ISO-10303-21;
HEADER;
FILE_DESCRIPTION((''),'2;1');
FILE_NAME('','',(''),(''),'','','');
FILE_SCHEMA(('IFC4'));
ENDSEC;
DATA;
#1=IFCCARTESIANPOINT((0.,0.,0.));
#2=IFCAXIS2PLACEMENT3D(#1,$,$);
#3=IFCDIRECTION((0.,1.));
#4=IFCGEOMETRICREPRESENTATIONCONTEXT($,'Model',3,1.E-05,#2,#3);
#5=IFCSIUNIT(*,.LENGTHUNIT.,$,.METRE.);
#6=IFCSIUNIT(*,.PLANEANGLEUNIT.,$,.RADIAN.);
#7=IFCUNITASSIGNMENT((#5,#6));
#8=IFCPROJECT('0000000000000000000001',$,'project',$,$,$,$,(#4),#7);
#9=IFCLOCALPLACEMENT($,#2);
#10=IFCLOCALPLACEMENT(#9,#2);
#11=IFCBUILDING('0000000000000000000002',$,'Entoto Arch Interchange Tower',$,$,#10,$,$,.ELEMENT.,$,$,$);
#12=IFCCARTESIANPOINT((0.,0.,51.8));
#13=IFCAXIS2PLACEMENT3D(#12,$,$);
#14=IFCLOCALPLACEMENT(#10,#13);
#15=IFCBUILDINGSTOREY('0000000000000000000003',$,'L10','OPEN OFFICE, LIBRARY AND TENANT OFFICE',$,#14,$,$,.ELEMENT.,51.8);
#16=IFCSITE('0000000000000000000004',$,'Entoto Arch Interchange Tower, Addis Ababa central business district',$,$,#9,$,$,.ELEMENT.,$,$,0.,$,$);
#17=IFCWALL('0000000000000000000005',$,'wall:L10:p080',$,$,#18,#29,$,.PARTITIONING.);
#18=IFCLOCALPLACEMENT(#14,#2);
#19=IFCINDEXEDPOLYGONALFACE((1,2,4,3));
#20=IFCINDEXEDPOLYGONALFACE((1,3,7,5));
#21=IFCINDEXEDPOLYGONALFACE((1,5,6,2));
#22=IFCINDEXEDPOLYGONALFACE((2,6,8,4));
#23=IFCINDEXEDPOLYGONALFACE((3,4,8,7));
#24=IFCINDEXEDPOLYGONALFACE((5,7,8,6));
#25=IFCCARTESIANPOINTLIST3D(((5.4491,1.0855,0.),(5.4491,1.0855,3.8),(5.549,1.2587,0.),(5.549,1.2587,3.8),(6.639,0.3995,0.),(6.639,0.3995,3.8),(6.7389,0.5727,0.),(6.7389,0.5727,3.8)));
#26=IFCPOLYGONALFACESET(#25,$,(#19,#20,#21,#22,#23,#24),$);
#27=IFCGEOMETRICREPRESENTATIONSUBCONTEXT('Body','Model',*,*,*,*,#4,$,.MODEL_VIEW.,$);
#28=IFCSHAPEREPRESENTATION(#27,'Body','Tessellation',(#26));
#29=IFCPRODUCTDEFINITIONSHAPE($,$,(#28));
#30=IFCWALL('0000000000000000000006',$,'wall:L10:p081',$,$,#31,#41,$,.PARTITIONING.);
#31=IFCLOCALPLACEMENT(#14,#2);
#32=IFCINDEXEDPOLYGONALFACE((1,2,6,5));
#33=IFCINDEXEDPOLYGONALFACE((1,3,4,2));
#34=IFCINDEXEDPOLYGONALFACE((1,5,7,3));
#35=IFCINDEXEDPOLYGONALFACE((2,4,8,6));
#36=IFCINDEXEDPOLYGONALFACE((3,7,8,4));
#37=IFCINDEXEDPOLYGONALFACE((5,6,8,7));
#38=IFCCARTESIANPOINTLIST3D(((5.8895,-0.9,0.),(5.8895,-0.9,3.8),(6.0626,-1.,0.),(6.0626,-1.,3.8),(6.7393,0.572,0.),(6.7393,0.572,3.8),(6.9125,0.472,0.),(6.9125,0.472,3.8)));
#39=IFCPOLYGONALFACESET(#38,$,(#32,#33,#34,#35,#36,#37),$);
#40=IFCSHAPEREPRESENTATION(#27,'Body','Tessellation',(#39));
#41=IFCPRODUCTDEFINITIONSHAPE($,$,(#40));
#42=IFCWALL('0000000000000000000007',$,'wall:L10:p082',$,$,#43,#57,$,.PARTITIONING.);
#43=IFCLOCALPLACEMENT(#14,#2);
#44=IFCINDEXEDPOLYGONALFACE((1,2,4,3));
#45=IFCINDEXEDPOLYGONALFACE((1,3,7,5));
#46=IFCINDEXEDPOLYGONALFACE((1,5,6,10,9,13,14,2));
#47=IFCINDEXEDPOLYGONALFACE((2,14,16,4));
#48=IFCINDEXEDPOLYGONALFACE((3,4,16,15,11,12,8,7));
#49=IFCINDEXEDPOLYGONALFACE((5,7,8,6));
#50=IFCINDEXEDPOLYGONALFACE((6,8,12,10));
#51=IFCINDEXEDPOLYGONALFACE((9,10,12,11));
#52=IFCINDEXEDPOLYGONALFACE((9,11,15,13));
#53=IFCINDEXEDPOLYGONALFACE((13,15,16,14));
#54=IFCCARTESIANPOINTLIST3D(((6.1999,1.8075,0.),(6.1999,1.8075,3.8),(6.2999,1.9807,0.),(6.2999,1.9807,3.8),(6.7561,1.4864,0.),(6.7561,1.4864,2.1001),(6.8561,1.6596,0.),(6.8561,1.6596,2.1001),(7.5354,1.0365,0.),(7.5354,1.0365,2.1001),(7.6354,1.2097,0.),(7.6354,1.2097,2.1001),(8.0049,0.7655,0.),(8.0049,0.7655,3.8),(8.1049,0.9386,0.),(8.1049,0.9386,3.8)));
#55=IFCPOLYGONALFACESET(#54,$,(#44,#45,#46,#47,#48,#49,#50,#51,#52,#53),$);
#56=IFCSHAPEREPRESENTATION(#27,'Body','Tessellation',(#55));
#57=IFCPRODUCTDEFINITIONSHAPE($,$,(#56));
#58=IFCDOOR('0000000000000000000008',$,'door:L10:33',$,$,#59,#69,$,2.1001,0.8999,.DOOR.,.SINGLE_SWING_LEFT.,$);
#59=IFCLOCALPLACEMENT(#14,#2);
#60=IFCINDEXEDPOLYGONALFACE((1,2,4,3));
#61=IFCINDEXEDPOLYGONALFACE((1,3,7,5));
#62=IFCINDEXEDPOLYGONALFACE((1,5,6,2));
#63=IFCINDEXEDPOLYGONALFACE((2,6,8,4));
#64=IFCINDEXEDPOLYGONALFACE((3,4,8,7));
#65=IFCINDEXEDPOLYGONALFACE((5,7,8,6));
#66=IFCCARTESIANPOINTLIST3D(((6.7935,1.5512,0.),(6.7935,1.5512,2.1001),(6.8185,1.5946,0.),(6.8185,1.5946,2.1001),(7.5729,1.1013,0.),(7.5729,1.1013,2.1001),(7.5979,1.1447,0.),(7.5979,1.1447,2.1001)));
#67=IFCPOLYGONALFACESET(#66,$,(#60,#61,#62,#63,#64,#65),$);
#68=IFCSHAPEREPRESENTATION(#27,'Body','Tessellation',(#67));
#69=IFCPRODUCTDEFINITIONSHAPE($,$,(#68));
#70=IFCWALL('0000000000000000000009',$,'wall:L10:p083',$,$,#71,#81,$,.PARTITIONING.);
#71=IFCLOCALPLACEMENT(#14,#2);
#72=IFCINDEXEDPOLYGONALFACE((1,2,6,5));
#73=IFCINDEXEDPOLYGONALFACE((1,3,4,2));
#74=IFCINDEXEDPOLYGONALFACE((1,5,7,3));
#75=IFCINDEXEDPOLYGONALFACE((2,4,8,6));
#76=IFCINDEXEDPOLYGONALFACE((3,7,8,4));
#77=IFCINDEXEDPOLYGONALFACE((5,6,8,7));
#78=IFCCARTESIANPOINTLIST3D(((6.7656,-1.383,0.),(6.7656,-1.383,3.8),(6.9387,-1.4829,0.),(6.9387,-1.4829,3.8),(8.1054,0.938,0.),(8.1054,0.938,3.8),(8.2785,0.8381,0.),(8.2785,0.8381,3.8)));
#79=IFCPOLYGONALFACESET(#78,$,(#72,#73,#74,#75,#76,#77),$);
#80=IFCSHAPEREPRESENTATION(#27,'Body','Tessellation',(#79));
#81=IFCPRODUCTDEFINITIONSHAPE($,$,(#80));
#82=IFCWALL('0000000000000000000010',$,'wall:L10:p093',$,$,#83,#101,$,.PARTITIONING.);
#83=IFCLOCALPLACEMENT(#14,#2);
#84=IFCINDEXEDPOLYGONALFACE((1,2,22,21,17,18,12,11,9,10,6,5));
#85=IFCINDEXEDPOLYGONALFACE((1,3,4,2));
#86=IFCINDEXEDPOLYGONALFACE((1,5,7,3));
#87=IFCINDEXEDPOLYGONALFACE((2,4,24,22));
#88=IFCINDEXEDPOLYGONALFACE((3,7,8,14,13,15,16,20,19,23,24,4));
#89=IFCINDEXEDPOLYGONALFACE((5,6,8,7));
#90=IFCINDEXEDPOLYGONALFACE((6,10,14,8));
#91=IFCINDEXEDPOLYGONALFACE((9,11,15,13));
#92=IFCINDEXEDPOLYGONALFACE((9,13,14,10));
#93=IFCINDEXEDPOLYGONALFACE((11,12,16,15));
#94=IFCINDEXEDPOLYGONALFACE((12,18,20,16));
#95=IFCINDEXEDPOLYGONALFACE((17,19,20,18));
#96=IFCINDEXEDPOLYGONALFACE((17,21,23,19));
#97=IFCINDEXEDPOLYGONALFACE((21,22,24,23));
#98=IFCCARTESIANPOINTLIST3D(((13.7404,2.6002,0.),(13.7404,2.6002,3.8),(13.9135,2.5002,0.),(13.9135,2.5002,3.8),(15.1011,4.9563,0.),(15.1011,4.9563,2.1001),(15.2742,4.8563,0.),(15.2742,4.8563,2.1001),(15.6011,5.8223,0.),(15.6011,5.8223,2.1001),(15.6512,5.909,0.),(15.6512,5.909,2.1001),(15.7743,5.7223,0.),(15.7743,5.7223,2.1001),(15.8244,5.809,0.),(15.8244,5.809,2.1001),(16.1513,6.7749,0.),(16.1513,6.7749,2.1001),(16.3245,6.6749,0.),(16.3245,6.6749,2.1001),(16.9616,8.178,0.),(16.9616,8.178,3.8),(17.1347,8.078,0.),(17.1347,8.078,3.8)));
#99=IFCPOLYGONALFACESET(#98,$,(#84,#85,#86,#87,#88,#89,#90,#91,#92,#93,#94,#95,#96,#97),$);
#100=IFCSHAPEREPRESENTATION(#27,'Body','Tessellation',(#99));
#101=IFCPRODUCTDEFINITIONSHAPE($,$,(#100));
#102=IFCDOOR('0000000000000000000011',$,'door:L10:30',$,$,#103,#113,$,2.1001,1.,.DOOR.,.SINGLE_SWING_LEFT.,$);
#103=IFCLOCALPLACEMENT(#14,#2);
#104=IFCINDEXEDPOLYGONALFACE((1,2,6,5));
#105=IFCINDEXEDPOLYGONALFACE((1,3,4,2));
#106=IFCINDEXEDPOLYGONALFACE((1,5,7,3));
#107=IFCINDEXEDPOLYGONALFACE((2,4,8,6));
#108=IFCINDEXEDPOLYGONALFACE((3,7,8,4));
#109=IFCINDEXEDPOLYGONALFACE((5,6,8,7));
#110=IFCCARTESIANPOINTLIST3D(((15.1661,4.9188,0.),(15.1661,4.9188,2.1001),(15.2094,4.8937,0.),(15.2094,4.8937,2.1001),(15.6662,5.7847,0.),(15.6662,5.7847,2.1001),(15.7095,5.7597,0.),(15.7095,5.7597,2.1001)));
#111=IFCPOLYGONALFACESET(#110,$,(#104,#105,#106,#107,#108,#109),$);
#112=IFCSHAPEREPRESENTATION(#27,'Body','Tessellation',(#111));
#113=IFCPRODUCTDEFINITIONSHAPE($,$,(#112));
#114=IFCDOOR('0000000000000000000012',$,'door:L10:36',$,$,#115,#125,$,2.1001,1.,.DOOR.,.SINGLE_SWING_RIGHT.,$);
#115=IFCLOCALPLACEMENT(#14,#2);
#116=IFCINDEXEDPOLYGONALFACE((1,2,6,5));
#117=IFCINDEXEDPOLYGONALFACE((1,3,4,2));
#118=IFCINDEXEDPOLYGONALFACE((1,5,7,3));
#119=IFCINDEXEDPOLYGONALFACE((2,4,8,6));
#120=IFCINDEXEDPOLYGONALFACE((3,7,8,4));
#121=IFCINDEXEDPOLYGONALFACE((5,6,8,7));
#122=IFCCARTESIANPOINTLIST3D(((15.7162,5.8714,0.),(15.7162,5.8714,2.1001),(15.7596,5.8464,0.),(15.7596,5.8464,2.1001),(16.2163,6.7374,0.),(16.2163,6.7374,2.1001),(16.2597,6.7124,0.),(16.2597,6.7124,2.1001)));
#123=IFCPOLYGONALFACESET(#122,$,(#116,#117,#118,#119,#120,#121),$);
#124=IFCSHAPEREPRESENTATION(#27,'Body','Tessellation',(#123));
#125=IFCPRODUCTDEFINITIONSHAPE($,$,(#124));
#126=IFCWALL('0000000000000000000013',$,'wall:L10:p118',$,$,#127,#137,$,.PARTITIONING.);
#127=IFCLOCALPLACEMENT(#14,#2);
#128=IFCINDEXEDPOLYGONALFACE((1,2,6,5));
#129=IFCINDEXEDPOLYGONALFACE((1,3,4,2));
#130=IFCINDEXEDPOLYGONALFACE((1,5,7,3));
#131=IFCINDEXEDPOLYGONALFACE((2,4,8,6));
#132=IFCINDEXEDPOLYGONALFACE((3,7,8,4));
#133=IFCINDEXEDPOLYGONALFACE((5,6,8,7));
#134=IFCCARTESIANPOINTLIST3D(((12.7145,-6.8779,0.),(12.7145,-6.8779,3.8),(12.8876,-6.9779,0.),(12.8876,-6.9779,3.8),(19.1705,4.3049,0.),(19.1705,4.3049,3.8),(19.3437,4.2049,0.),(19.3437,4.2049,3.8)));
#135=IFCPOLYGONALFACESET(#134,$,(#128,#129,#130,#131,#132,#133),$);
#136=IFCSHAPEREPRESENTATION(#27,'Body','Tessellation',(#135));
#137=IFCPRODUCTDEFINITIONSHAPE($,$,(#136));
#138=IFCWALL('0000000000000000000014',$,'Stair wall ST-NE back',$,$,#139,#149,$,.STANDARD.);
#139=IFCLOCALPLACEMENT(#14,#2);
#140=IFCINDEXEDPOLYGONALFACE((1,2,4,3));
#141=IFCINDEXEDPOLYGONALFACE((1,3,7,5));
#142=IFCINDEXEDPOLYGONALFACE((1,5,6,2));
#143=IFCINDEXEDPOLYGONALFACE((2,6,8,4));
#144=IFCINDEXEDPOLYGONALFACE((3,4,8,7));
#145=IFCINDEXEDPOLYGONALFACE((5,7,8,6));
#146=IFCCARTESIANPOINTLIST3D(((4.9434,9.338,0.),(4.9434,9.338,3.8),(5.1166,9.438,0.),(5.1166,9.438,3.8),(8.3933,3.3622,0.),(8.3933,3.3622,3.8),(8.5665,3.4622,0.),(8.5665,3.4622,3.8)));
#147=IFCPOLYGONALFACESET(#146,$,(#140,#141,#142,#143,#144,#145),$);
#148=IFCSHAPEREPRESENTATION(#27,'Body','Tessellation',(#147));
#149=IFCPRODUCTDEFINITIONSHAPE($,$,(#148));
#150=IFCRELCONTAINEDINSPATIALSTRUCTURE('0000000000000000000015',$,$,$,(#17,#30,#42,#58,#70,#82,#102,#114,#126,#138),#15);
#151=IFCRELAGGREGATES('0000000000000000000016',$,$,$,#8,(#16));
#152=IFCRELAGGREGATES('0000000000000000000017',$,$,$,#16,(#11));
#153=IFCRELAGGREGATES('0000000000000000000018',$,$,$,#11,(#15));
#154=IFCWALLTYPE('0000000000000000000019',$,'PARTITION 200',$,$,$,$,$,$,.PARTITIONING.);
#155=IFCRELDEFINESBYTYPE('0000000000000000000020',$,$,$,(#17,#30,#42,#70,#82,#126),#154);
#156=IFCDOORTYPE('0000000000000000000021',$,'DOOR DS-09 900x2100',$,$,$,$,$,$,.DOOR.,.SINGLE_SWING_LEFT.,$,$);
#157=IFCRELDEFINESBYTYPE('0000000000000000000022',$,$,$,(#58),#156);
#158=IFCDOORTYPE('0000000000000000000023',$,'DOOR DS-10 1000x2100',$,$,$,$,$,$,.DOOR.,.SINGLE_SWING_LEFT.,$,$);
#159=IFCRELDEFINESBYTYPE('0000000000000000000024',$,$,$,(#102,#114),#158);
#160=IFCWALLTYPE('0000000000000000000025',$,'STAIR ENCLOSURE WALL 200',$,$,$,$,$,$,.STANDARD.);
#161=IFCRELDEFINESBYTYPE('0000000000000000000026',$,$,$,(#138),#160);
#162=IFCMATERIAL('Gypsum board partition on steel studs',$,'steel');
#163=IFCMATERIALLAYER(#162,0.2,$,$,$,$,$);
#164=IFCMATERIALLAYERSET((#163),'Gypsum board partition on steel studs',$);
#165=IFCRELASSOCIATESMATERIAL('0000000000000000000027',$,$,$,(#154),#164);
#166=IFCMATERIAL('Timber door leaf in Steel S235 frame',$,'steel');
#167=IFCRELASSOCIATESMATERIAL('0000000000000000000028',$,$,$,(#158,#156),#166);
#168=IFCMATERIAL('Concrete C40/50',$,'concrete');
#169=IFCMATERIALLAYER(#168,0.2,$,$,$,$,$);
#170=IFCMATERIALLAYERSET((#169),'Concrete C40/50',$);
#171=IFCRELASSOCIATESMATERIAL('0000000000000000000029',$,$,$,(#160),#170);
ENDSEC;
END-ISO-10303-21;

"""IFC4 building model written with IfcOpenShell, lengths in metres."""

from ifc_helpers import new_model, si_unit, direction, frame, frame_2d, origin, place, context, subcontext, project, spatial, rectangle, extrude, material, layer, layer_set, type_object, element, fill, save


model = new_model("IFC4")

# Units and contexts
model_context = context("Model", 3, precision=1e-05, world=origin(), true_north=direction((0.0, 1.0)))
body_context = subcontext(model_context, "Body", "Model", "MODEL_VIEW")
ifc_project = project(units=[si_unit("LENGTHUNIT", "METRE"), si_unit("PLANEANGLEUNIT", "RADIAN")], contexts=[model_context])

# Site, building, storey
site_placement = place(None, origin())
site = spatial("IfcSite", under=ifc_project, at=site_placement, Name="Entoto Arch Interchange Tower, Addis Ababa central business district", CompositionType="ELEMENT", RefElevation=0.0)
building_placement = place(site_placement, origin())
building = spatial("IfcBuilding", under=site, at=building_placement, Name="Entoto Arch Interchange Tower", CompositionType="ELEMENT")
storey_placement = place(building_placement, frame((0.0, 0.0, 51.8)))
storey = spatial("IfcBuildingStorey", under=building, at=storey_placement, Name="L10", Description="OPEN OFFICE, LIBRARY AND TENANT OFFICE", CompositionType="ELEMENT", Elevation=51.8)

# Shared definitions
ifc_material_1 = material(Name="Concrete C40/50", Category="concrete")
ifc_material_2 = material(Name="Gypsum board partition on steel studs", Category="steel")
ifc_layer_1 = layer(ifc_material_2, 0.2)
ifc_layer_set_1 = layer_set([ifc_layer_1], Name="Gypsum board partition on steel studs")
wall_type_1 = type_object("IfcWallType", Name="PARTITION 200", PredefinedType="PARTITIONING", material=ifc_layer_set_1)

# Shared definitions
ifc_material_3 = material(Name="Timber door leaf in Steel S235 frame", Category="steel")
door_type_1 = type_object("IfcDoorType", Name="DOOR DS-10 1000x2100", OperationType="SINGLE_SWING_LEFT", PredefinedType="DOOR", material=ifc_material_3)

# Walls
wall_1_placement = place(storey_placement, frame((5.499, 1.1721, 0.0), z_axis=(0.0, 0.0, 1.0), x_axis=(0.866334, -0.499466, 0.0)))
element("IfcWall", 1, at=wall_1_placement, inside=storey, type_object=wall_type_1, Name="wall:L10:p080", PredefinedType="PARTITIONING", context=body_context, shape_type="SweptSolid", body=[
    extrude(rectangle(XDim=1.3735, YDim=0.2, at=frame_2d((0.6868, 0.0))), origin(), (0.0, 0.0, 1.0), 3.8),
])
wall_2_placement = place(storey_placement, frame((6.8259, 0.522, 0.0), z_axis=(0.0, 0.0, 1.0), x_axis=(-0.500017, -0.866016, 0.0)))
element("IfcWall", 2, at=wall_2_placement, inside=storey, type_object=wall_type_1, Name="wall:L10:p081", PredefinedType="PARTITIONING", context=body_context, shape_type="SweptSolid", body=[
    extrude(rectangle(XDim=1.6997, YDim=0.2, at=frame_2d((0.8499, 0.0))), origin(), (0.0, 0.0, 1.0), 3.8),
])

# Wall, opening, door
wall_3_placement = place(storey_placement, frame((6.25, 1.894, 0.0), z_axis=(0.0, 0.0, 1.0), x_axis=(0.866043, -0.499969, 0.0)))
wall_3 = element("IfcWall", 3, at=wall_3_placement, inside=storey, type_object=wall_type_1, Name="wall:L10:p082", PredefinedType="PARTITIONING", context=body_context, shape_type="SweptSolid", body=[
    extrude(rectangle(XDim=2.0842, YDim=0.2, at=frame_2d((1.042, 0.0))), origin(), (0.0, 0.0, 1.0), 3.8),
])
opening_1_placement = place(wall_3_placement, frame((0.6421, 0.0, 0.0)))
opening_1 = element("IfcOpeningElement", 4, at=opening_1_placement, cuts=wall_3, PredefinedType="OPENING", context=body_context, shape_type="SweptSolid", body=[
    extrude(rectangle(XDim=0.8999, YDim=2.1001, at=frame_2d((0.45, 1.05))), frame((0.0, 0.1099, 0.0), z_axis=(0.0, -1.0, 0.0), x_axis=(1.0, 0.0, 0.0)), (0.0, 0.0, 1.0), 0.22),
])
door_type_2 = type_object("IfcDoorType", Name="DOOR DS-09 900x2100", OperationType="SINGLE_SWING_LEFT", PredefinedType="DOOR", material=ifc_material_3)
door_1_placement = place(opening_1_placement, origin())
door_1 = element("IfcDoor", 5, at=door_1_placement, inside=storey, type_object=door_type_2, Name="door:L10:33", OperationType="SINGLE_SWING_LEFT", OverallHeight=2.1001, OverallWidth=0.8999, PredefinedType="DOOR", context=body_context, shape_type="SweptSolid", body=[
    extrude(rectangle(XDim=0.8999, YDim=2.1001, at=frame_2d((0.45, 1.05))), frame((0.0, 0.0249, 0.0), z_axis=(0.0, -1.0, 0.0), x_axis=(1.0, 0.0, 0.0)), (0.0, 0.0, 1.0), 0.05),
])
fill(opening_1, door_1)

# Wall
wall_4_placement = place(storey_placement, frame((8.1919, 0.8879, 0.0), z_axis=(0.0, 0.0, 1.0), x_axis=(-0.499941, -0.86606, 0.0)))
element("IfcWall", 6, at=wall_4_placement, inside=storey, type_object=wall_type_1, Name="wall:L10:p083", PredefinedType="PARTITIONING", context=body_context, shape_type="SweptSolid", body=[
    extrude(rectangle(XDim=2.6799, YDim=0.2, at=frame_2d((1.3398, 0.0))), origin(), (0.0, 0.0, 1.0), 3.8),
])

# Wall, openings, doors
wall_5_placement = place(storey_placement, frame((13.8269, 2.55, 0.0), z_axis=(0.0, 0.0, 1.0), x_axis=(0.500093, 0.865972, 0.0)))
wall_5 = element("IfcWall", 7, at=wall_5_placement, inside=storey, type_object=wall_type_1, Name="wall:L10:p093", PredefinedType="PARTITIONING", context=body_context, shape_type="SweptSolid", body=[
    extrude(rectangle(XDim=6.4412, YDim=0.2, at=frame_2d((3.2207, 0.0))), origin(), (0.0, 0.0, 1.0), 3.8),
])
opening_2_placement = place(wall_5_placement, frame((2.7209, 0.0, 0.0)))
opening_2 = element("IfcOpeningElement", 8, at=opening_2_placement, cuts=wall_5, PredefinedType="OPENING", context=body_context, shape_type="SweptSolid", body=[
    extrude(rectangle(XDim=1.0, YDim=2.1001, at=frame_2d((0.5, 1.05))), frame((0.0, 0.1099, 0.0), z_axis=(0.0, -1.0, 0.0), x_axis=(1.0, 0.0, 0.0)), (0.0, 0.0, 1.0), 0.22),
])
opening_3_placement = place(wall_5_placement, frame((3.821, 0.0, 0.0)))
opening_3 = element("IfcOpeningElement", 9, at=opening_3_placement, cuts=wall_5, PredefinedType="OPENING", context=body_context, shape_type="SweptSolid", body=[
    extrude(rectangle(XDim=1.0, YDim=2.1001, at=frame_2d((0.5, 1.05))), frame((0.0, 0.1099, 0.0), z_axis=(0.0, -1.0, 0.0), x_axis=(1.0, 0.0, 0.0)), (0.0, 0.0, 1.0), 0.22),
])
door_2_placement = place(opening_2_placement, origin())
door_2 = element("IfcDoor", 10, at=door_2_placement, inside=storey, type_object=door_type_1, Name="door:L10:30", OperationType="SINGLE_SWING_LEFT", OverallHeight=2.1001, OverallWidth=1.0, PredefinedType="DOOR", context=body_context, shape_type="SweptSolid", body=[
    extrude(rectangle(XDim=1.0, YDim=2.1001, at=frame_2d((0.5, 1.05))), frame((0.0, 0.0249, 0.0), z_axis=(0.0, -1.0, 0.0), x_axis=(1.0, 0.0, 0.0)), (0.0, 0.0, 1.0), 0.05),
])
fill(opening_2, door_2)
door_3_placement = place(opening_3_placement, origin())
door_3 = element("IfcDoor", 11, at=door_3_placement, inside=storey, type_object=door_type_1, Name="door:L10:36", OperationType="SINGLE_SWING_RIGHT", OverallHeight=2.1001, OverallWidth=1.0, PredefinedType="DOOR", context=body_context, shape_type="SweptSolid", body=[
    extrude(rectangle(XDim=1.0, YDim=2.1001, at=frame_2d((0.5, 1.05))), frame((0.0, 0.0249, 0.0), z_axis=(0.0, -1.0, 0.0), x_axis=(1.0, 0.0, 0.0)), (0.0, 0.0, 1.0), 0.05),
])
fill(opening_3, door_3)

# Walls
wall_6_placement = place(storey_placement, frame((19.2571, 4.2549, 0.0), z_axis=(0.0, 0.0, 1.0), x_axis=(-0.499978, -0.866038, 0.0)))
element("IfcWall", 12, at=wall_6_placement, inside=storey, type_object=wall_type_1, Name="wall:L10:p118", PredefinedType="PARTITIONING", context=body_context, shape_type="SweptSolid", body=[
    extrude(rectangle(XDim=12.9126, YDim=0.2, at=frame_2d((6.4563, 0.0))), origin(), (0.0, 0.0, 1.0), 3.8),
])
ifc_layer_2 = layer(ifc_material_1, 0.2)
ifc_layer_set_2 = layer_set([ifc_layer_2], Name="Concrete C40/50")
wall_type_2 = type_object("IfcWallType", Name="STAIR ENCLOSURE WALL 200", PredefinedType="STANDARD", material=ifc_layer_set_2)
wall_7_placement = place(storey_placement, frame((8.48, 3.4121, 0.0), z_axis=(0.0, 0.0, 1.0), x_axis=(-0.499979, 0.866038, 0.0)))
element("IfcWall", 13, at=wall_7_placement, inside=storey, type_object=wall_type_2, Name="Stair wall ST-NE back", PredefinedType="STANDARD", context=body_context, shape_type="SweptSolid", body=[
    extrude(rectangle(XDim=6.9001, YDim=0.2, at=frame_2d((3.4502, 0.0))), origin(), (0.0, 0.0, 1.0), 3.8),
])

save(model, "model.ifc")
